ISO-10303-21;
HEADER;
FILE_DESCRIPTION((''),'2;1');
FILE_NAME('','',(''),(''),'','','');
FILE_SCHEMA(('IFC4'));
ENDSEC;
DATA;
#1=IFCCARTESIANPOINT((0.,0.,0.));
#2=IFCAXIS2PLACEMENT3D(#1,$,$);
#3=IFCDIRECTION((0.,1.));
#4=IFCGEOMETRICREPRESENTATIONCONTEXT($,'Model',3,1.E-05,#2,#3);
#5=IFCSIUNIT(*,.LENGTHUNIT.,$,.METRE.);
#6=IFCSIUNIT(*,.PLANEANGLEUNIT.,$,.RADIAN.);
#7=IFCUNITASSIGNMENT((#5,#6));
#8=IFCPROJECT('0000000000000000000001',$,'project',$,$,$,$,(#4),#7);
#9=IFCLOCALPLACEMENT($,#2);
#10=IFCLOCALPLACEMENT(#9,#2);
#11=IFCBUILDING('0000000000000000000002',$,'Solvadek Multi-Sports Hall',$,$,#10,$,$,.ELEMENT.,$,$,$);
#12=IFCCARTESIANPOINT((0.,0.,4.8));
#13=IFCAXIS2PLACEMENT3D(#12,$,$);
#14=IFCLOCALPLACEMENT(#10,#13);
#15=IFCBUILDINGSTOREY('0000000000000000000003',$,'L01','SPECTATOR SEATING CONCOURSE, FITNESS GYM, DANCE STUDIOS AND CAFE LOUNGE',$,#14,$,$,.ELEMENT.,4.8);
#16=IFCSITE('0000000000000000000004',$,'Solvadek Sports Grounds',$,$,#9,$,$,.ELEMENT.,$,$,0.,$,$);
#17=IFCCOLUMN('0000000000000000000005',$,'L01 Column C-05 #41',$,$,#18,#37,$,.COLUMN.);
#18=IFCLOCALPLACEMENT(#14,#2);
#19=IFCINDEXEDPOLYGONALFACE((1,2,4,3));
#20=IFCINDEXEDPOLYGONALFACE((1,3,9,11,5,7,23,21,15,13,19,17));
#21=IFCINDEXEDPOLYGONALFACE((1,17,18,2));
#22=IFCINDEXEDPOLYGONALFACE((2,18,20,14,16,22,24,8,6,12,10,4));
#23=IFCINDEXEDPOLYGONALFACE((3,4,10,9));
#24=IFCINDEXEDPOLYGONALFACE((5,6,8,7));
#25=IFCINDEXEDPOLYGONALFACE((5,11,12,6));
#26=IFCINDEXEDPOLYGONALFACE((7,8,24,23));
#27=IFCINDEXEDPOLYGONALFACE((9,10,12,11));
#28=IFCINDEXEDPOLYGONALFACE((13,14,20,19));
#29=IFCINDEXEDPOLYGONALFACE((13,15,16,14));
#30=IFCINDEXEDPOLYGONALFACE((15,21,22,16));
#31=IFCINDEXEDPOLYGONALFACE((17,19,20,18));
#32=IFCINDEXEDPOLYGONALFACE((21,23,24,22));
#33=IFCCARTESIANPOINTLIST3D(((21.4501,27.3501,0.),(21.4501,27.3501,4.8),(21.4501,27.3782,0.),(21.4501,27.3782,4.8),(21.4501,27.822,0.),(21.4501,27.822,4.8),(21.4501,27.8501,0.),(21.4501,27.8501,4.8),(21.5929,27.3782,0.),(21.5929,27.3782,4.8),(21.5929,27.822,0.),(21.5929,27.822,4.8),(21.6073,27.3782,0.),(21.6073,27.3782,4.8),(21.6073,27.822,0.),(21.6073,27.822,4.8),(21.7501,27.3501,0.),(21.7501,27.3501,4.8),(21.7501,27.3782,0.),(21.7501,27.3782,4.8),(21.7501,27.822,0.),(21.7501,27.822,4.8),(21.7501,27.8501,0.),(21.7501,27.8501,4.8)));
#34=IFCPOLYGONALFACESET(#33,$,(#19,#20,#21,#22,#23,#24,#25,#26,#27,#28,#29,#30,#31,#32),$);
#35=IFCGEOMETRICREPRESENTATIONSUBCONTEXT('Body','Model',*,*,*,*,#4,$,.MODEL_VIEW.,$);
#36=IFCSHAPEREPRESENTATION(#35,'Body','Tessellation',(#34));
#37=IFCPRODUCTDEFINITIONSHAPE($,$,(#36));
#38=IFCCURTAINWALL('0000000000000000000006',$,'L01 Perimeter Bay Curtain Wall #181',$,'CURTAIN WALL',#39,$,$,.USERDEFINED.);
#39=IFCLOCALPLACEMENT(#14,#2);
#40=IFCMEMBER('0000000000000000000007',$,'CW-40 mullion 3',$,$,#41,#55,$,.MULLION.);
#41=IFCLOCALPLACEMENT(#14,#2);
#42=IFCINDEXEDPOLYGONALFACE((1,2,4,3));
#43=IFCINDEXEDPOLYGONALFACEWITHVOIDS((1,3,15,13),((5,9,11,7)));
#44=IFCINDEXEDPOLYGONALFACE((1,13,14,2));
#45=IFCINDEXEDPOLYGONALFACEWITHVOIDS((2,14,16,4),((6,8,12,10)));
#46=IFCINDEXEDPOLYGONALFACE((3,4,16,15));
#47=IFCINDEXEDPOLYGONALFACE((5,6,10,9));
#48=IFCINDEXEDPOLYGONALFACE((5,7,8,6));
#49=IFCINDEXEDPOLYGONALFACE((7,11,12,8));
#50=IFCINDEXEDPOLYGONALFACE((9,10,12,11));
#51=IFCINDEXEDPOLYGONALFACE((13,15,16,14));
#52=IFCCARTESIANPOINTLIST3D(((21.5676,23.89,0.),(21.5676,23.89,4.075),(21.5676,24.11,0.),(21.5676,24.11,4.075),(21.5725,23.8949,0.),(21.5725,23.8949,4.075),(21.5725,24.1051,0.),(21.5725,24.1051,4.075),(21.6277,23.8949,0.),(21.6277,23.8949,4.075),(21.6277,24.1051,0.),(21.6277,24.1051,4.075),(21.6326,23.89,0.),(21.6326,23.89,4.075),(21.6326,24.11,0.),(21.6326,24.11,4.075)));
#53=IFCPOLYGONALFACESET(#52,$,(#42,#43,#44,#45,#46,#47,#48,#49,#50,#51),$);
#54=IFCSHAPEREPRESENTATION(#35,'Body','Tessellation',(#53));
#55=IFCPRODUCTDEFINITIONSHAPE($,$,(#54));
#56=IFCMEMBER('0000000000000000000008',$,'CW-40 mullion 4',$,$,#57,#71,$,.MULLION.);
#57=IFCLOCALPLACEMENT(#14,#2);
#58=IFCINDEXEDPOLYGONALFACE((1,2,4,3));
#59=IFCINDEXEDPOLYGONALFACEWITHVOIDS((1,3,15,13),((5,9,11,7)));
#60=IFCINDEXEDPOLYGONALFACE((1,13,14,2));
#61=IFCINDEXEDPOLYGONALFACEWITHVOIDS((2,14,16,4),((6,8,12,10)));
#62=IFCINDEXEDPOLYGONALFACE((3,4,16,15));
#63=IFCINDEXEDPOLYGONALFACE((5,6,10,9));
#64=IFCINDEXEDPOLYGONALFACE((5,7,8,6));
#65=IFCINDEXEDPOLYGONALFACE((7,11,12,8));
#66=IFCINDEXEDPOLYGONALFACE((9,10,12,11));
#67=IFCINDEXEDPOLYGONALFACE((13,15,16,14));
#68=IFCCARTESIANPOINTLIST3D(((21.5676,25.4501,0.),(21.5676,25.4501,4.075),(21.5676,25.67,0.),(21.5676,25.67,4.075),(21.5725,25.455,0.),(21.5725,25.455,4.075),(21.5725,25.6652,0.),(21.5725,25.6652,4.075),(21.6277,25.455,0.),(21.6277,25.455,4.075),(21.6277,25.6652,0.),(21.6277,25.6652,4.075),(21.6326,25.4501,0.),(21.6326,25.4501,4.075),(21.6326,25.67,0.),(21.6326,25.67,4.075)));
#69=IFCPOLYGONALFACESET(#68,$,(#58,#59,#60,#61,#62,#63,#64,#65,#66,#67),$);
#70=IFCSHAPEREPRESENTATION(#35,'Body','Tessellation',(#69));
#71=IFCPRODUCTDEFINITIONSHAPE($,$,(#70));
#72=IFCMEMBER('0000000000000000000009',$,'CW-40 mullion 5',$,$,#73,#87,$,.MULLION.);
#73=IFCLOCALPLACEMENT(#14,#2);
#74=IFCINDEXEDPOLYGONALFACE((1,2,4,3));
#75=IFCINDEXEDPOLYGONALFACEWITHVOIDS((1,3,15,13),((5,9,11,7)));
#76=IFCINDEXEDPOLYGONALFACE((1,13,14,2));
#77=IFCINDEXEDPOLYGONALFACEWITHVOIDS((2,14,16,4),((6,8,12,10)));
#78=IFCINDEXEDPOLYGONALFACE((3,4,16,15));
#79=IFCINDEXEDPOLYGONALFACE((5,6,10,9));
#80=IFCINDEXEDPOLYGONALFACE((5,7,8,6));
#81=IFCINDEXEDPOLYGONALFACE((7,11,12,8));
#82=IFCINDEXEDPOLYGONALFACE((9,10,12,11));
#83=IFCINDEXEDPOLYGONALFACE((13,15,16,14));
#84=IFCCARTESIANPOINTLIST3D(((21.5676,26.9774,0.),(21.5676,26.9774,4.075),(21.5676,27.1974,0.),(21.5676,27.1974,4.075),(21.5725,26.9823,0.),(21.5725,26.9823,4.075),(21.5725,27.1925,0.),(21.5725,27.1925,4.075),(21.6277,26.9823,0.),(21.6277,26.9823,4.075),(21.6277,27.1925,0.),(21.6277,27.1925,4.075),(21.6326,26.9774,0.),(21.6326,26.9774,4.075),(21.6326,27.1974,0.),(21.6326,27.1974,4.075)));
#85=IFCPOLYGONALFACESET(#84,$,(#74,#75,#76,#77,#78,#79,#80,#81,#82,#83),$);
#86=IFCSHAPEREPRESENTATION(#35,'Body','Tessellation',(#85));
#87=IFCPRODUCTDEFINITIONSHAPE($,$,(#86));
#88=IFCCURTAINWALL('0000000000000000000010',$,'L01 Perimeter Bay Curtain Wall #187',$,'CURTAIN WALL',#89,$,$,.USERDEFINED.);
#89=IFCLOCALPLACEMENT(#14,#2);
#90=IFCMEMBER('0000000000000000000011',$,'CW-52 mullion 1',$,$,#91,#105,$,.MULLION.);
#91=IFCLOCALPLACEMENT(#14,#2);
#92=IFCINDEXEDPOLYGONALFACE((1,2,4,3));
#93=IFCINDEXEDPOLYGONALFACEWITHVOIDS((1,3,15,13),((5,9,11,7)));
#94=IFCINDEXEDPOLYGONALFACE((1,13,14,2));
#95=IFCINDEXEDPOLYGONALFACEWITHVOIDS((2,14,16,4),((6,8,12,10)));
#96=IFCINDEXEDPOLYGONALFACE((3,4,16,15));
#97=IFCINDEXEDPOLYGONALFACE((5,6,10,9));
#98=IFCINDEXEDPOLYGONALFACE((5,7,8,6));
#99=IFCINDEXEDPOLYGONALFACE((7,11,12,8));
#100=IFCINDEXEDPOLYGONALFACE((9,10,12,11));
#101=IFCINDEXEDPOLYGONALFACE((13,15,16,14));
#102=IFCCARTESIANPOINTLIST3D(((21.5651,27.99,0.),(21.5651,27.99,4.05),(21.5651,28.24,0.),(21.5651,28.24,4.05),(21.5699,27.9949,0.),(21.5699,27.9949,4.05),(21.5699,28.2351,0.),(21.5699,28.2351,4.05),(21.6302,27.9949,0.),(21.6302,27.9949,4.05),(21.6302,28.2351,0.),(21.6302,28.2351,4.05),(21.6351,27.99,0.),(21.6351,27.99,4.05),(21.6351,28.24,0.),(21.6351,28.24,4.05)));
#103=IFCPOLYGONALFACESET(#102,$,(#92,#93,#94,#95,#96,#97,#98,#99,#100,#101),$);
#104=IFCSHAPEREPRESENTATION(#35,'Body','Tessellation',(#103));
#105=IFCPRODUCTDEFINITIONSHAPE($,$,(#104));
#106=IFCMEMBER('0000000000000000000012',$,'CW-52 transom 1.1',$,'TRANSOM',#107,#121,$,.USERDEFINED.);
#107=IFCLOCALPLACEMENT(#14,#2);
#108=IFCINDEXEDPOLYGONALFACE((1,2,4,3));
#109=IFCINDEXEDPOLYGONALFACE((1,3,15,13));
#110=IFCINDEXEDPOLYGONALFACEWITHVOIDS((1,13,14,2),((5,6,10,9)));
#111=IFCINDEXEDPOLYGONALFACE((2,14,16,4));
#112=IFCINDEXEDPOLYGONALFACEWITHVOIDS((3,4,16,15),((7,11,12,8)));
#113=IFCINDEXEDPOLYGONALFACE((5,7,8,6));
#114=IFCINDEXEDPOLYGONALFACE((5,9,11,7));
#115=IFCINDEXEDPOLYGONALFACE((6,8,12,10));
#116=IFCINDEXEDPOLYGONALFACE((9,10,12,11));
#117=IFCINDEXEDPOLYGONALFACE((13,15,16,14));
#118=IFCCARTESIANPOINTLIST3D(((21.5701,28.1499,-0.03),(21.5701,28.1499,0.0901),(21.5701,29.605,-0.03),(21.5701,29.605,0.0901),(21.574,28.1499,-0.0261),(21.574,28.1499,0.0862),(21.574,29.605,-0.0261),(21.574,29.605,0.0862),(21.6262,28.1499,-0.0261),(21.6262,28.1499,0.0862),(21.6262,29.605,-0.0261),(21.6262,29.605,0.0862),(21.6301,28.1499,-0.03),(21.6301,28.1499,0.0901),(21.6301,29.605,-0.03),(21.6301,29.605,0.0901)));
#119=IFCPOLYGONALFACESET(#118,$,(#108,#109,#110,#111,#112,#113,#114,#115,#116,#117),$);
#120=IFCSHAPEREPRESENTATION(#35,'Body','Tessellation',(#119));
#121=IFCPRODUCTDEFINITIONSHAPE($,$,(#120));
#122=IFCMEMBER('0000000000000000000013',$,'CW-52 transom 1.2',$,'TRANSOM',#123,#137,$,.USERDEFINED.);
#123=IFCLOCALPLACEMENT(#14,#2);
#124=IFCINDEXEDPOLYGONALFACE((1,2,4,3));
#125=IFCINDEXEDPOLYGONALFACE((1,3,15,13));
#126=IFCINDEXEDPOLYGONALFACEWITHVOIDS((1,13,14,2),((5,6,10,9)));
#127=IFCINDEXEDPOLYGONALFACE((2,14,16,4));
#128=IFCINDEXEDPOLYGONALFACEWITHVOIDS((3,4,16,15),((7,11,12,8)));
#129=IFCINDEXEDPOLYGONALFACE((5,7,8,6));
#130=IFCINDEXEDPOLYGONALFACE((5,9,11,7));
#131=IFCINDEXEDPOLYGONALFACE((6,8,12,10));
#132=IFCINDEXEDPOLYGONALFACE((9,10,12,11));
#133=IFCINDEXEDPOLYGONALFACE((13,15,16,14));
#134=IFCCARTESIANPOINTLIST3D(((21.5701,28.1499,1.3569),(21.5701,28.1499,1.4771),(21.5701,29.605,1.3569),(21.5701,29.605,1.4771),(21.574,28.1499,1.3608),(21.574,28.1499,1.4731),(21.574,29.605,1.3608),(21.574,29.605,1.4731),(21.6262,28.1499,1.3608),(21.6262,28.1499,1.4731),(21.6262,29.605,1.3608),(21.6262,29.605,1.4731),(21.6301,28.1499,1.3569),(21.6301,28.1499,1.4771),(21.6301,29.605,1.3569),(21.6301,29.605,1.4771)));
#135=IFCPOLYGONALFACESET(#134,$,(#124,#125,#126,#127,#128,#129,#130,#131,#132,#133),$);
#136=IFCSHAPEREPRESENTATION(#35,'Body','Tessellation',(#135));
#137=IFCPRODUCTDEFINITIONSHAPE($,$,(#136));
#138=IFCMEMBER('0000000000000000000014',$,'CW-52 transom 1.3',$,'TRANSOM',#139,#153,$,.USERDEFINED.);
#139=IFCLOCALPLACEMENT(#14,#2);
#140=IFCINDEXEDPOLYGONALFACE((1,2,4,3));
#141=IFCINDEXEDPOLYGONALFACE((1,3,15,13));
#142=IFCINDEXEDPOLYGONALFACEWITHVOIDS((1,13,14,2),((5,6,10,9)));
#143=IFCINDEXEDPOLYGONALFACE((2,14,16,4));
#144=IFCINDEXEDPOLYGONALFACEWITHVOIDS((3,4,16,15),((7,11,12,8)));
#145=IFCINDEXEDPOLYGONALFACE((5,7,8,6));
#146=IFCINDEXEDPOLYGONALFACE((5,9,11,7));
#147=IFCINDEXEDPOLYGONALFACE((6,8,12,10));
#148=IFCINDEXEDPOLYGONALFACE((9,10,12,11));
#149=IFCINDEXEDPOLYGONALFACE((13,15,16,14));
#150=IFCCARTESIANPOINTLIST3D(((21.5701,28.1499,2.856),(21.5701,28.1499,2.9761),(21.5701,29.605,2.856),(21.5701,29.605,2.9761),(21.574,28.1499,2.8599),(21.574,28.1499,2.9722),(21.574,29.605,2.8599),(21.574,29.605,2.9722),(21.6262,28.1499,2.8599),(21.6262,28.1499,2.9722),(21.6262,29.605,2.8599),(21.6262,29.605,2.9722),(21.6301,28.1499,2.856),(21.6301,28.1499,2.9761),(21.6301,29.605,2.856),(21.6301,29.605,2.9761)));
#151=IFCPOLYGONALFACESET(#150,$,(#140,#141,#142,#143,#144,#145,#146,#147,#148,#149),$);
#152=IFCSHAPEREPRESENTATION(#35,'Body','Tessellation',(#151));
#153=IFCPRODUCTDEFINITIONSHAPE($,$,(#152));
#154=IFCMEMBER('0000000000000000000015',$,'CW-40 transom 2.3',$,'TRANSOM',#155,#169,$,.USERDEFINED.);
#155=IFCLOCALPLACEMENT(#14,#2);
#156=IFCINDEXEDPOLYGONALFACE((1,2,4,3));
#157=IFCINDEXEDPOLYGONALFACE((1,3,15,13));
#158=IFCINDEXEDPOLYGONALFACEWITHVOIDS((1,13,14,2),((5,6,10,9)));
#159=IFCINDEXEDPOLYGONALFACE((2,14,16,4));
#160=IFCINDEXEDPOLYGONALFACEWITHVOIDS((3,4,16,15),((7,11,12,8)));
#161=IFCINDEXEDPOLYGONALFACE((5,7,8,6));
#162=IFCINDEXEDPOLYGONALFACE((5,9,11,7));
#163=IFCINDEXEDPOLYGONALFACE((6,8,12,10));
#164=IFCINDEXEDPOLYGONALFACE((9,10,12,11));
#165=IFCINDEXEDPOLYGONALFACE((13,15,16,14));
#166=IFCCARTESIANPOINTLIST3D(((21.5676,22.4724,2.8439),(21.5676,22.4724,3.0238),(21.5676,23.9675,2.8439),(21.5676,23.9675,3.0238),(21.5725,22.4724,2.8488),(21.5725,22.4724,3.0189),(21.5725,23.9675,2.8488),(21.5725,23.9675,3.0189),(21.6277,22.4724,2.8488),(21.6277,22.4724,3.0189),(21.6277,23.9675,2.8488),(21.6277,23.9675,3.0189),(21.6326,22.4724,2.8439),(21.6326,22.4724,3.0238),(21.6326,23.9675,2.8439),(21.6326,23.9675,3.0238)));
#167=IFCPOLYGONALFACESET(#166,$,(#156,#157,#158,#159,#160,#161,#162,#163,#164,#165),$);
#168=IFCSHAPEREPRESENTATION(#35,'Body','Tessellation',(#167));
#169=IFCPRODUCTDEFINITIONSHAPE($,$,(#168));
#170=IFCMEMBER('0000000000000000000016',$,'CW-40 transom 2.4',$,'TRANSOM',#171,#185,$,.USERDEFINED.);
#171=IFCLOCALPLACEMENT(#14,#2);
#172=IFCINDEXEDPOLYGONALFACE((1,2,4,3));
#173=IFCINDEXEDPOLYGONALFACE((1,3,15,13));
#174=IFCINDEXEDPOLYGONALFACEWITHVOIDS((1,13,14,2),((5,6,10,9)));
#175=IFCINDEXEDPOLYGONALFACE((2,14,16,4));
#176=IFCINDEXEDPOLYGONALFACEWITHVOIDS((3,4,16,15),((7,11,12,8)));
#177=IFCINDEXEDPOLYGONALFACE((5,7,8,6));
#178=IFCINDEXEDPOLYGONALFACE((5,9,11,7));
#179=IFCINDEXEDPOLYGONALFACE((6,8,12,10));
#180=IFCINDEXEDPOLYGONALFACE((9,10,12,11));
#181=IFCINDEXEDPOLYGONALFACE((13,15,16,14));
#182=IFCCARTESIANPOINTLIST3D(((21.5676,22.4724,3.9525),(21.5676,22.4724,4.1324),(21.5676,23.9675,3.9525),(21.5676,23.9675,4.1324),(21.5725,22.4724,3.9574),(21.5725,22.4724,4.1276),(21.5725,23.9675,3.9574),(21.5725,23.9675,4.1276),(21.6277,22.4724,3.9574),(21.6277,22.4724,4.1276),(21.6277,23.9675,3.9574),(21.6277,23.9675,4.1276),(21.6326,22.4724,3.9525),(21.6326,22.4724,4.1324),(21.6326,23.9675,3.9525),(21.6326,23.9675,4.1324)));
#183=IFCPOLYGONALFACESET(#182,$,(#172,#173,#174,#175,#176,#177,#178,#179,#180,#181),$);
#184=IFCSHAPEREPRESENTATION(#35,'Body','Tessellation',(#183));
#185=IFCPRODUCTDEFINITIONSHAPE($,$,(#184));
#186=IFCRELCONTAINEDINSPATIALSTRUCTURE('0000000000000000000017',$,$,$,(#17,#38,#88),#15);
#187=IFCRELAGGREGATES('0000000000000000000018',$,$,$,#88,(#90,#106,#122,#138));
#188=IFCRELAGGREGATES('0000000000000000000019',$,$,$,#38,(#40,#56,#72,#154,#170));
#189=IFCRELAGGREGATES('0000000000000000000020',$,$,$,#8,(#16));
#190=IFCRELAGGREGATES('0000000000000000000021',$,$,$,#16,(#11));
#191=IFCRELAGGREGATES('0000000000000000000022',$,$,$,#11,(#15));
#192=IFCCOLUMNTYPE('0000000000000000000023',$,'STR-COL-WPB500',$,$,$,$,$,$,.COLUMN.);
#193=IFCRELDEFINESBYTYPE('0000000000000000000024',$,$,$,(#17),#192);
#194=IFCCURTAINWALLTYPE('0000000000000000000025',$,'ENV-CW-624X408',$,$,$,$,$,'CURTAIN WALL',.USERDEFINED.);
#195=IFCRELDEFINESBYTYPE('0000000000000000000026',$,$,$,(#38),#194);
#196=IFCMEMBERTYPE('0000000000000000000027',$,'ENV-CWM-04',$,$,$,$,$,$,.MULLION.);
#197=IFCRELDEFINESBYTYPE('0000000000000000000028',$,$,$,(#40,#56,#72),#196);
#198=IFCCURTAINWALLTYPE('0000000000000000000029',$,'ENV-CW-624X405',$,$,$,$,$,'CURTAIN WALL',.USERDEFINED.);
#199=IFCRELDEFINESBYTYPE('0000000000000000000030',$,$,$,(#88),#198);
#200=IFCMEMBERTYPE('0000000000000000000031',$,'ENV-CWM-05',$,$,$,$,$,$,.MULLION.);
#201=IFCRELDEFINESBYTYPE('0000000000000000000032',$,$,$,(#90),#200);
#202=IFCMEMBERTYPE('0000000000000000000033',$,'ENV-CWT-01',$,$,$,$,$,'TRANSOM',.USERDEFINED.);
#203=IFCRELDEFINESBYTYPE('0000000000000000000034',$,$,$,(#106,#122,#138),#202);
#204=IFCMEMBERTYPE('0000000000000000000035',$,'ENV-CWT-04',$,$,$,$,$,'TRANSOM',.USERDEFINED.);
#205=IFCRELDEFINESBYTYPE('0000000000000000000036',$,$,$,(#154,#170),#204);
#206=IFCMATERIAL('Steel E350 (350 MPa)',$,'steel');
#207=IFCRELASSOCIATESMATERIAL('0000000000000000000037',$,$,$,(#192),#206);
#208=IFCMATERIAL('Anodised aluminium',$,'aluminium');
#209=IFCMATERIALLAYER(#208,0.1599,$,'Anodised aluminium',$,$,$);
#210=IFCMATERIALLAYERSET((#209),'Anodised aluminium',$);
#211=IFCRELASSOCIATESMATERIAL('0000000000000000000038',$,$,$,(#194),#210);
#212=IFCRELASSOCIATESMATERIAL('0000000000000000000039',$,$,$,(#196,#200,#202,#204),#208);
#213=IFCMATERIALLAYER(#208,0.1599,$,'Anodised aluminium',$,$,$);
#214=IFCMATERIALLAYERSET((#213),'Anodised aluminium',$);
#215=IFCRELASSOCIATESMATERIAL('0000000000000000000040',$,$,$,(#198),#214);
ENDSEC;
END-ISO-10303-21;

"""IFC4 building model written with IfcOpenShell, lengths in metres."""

from ifc_helpers import new_model, si_unit, direction, frame, origin, origin_2d, place, context, subcontext, project, spatial, hollow_rectangle, i_section, extrude, material, layer, layer_set, material_profile, profile_set, type_object, element, aggregate, save


model = new_model("IFC4")

# Units and contexts
model_context = context("Model", 3, precision=1e-05, world=origin(), true_north=direction((0.0, 1.0)))
body_context = subcontext(model_context, "Body", "Model", "MODEL_VIEW")
ifc_project = project(units=[si_unit("LENGTHUNIT", "METRE"), si_unit("PLANEANGLEUNIT", "RADIAN")], contexts=[model_context])

# Site, building, storey
site_placement = place(None, origin())
site = spatial("IfcSite", under=ifc_project, at=site_placement, Name="Solvadek Sports Grounds", CompositionType="ELEMENT", RefElevation=0.0)
building_placement = place(site_placement, origin())
building = spatial("IfcBuilding", under=site, at=building_placement, Name="Solvadek Multi-Sports Hall", CompositionType="ELEMENT")
storey_placement = place(building_placement, frame((0.0, 0.0, 4.8)))
storey = spatial("IfcBuildingStorey", under=building, at=storey_placement, Name="L01", Description="SPECTATOR SEATING CONCOURSE, FITNESS GYM, DANCE STUDIOS AND CAFE LOUNGE", CompositionType="ELEMENT", Elevation=4.8)

# Column
ifc_material_1 = material(Name="Steel E350 (350 MPa)", Category="steel")
ifc_material_profile_1 = material_profile(ifc_material_1, i_section(OverallWidth=0.3, OverallDepth=0.5, WebThickness=0.0144, FlangeThickness=0.0281, at=origin_2d()), Name="WPB 500")
ifc_profile_set_1 = profile_set([ifc_material_profile_1], Name="Steel E350 (350 MPa)")
column_type = type_object("IfcColumnType", Name="STR-COL-WPB500", PredefinedType="COLUMN", material=ifc_profile_set_1)
column_placement = place(storey_placement, frame((21.6001, 27.6001, 0.0), z_axis=(0.0, 0.0, 1.0), x_axis=(1.0, 0.0, 0.0)))
element("IfcColumn", 1, at=column_placement, inside=storey, type_object=column_type, Name="L01 Column C-05 #41", PredefinedType="COLUMN", context=body_context, shape_type="SweptSolid", body=[
    extrude(i_section(OverallWidth=0.3, OverallDepth=0.5, WebThickness=0.0144, FlangeThickness=0.0281, at=origin_2d()), origin(), (0.0, 0.0, 1.0), 4.8),
])

# Curtain walls, members
ifc_material_2 = material(Name="Anodised aluminium", Category="aluminium")
ifc_layer_1 = layer(ifc_material_2, 0.1599, Name="Anodised aluminium")
ifc_layer_set_1 = layer_set([ifc_layer_1], Name="Anodised aluminium")
curtain_wall_type_1 = type_object("IfcCurtainWallType", Name="ENV-CW-624X408", ElementType="CURTAIN WALL", PredefinedType="USERDEFINED", material=ifc_layer_set_1)
curtain_wall_1_placement = place(storey_placement, origin())
curtain_wall_1 = element("IfcCurtainWall", 2, at=curtain_wall_1_placement, inside=storey, type_object=curtain_wall_type_1, Name="L01 Perimeter Bay Curtain Wall #181", ObjectType="CURTAIN WALL", PredefinedType="USERDEFINED")
ifc_material_profile_2 = material_profile(ifc_material_2, hollow_rectangle(XDim=0.0649, YDim=0.22, WallThickness=0.0049, at=origin_2d()), Name="ALU-M 220x65x5")
ifc_profile_set_2 = profile_set([ifc_material_profile_2], Name="Anodised aluminium")
member_type_1 = type_object("IfcMemberType", Name="ENV-CWM-04", PredefinedType="MULLION", material=ifc_profile_set_2)
member_1_placement = place(storey_placement, frame((21.6001, 24.0, 0.0), z_axis=(0.0, 0.0, 1.0), x_axis=(-1.0, 0.0, 0.0)))
member_1 = element("IfcMember", 3, at=member_1_placement, type_object=member_type_1, Name="CW-40 mullion 3", PredefinedType="MULLION", context=body_context, shape_type="SweptSolid", body=[
    extrude(hollow_rectangle(XDim=0.0649, YDim=0.22, WallThickness=0.0049, at=origin_2d()), origin(), (0.0, 0.0, 1.0), 4.075),
])
member_2_placement = place(storey_placement, frame((21.6001, 25.5601, 0.0), z_axis=(0.0, 0.0, 1.0), x_axis=(-1.0, 0.0, 0.0)))
member_2 = element("IfcMember", 4, at=member_2_placement, type_object=member_type_1, Name="CW-40 mullion 4", PredefinedType="MULLION", context=body_context, shape_type="SweptSolid", body=[
    extrude(hollow_rectangle(XDim=0.0649, YDim=0.22, WallThickness=0.0049, at=origin_2d()), origin(), (0.0, 0.0, 1.0), 4.075),
])
member_3_placement = place(storey_placement, frame((21.6001, 27.0874, 0.0), z_axis=(0.0, 0.0, 1.0), x_axis=(-1.0, 0.0, 0.0)))
member_3 = element("IfcMember", 5, at=member_3_placement, type_object=member_type_1, Name="CW-40 mullion 5", PredefinedType="MULLION", context=body_context, shape_type="SweptSolid", body=[
    extrude(hollow_rectangle(XDim=0.0649, YDim=0.22, WallThickness=0.0049, at=origin_2d()), origin(), (0.0, 0.0, 1.0), 4.075),
])
ifc_layer_2 = layer(ifc_material_2, 0.1599, Name="Anodised aluminium")
ifc_layer_set_2 = layer_set([ifc_layer_2], Name="Anodised aluminium")
curtain_wall_type_2 = type_object("IfcCurtainWallType", Name="ENV-CW-624X405", ElementType="CURTAIN WALL", PredefinedType="USERDEFINED", material=ifc_layer_set_2)
curtain_wall_2_placement = place(storey_placement, origin())
curtain_wall_2 = element("IfcCurtainWall", 6, at=curtain_wall_2_placement, inside=storey, type_object=curtain_wall_type_2, Name="L01 Perimeter Bay Curtain Wall #187", ObjectType="CURTAIN WALL", PredefinedType="USERDEFINED")
ifc_material_profile_3 = material_profile(ifc_material_2, hollow_rectangle(XDim=0.0701, YDim=0.25, WallThickness=0.0049, at=origin_2d()), Name="ALU-M 250x70x5")
ifc_profile_set_3 = profile_set([ifc_material_profile_3], Name="Anodised aluminium")
member_type_2 = type_object("IfcMemberType", Name="ENV-CWM-05", PredefinedType="MULLION", material=ifc_profile_set_3)
member_4_placement = place(storey_placement, frame((21.6001, 28.115, 0.0), z_axis=(0.0, 0.0, 1.0), x_axis=(-1.0, 0.0, 0.0)))
member_4 = element("IfcMember", 7, at=member_4_placement, type_object=member_type_2, Name="CW-52 mullion 1", PredefinedType="MULLION", context=body_context, shape_type="SweptSolid", body=[
    extrude(hollow_rectangle(XDim=0.0701, YDim=0.25, WallThickness=0.0049, at=origin_2d()), origin(), (0.0, 0.0, 1.0), 4.05),
])
ifc_material_profile_4 = material_profile(ifc_material_2, hollow_rectangle(XDim=0.0601, YDim=0.1201, WallThickness=0.0039, at=origin_2d()), Name="ALU-T 120x60x4")
ifc_profile_set_4 = profile_set([ifc_material_profile_4], Name="Anodised aluminium")
member_type_3 = type_object("IfcMemberType", Name="ENV-CWT-01", ElementType="TRANSOM", PredefinedType="USERDEFINED", material=ifc_profile_set_4)
member_5_placement = place(storey_placement, frame((21.6001, 28.1499, 0.03), z_axis=(0.0, 1.0, 0.0), x_axis=(-1.0, 0.0, 0.0)))
member_5 = element("IfcMember", 8, at=member_5_placement, type_object=member_type_3, Name="CW-52 transom 1.1", ObjectType="TRANSOM", PredefinedType="USERDEFINED", context=body_context, shape_type="SweptSolid", body=[
    extrude(hollow_rectangle(XDim=0.0601, YDim=0.1201, WallThickness=0.0039, at=origin_2d()), origin(), (0.0, 0.0, 1.0), 1.4551),
])
member_6_placement = place(storey_placement, frame((21.6001, 28.1499, 1.417), z_axis=(0.0, 1.0, 0.0), x_axis=(-1.0, 0.0, 0.0)))
member_6 = element("IfcMember", 9, at=member_6_placement, type_object=member_type_3, Name="CW-52 transom 1.2", ObjectType="TRANSOM", PredefinedType="USERDEFINED", context=body_context, shape_type="SweptSolid", body=[
    extrude(hollow_rectangle(XDim=0.0601, YDim=0.1201, WallThickness=0.0039, at=origin_2d()), origin(), (0.0, 0.0, 1.0), 1.4551),
])
member_7_placement = place(storey_placement, frame((21.6001, 28.1499, 2.916), z_axis=(0.0, 1.0, 0.0), x_axis=(-1.0, 0.0, 0.0)))
member_7 = element("IfcMember", 10, at=member_7_placement, type_object=member_type_3, Name="CW-52 transom 1.3", ObjectType="TRANSOM", PredefinedType="USERDEFINED", context=body_context, shape_type="SweptSolid", body=[
    extrude(hollow_rectangle(XDim=0.0601, YDim=0.1201, WallThickness=0.0039, at=origin_2d()), origin(), (0.0, 0.0, 1.0), 1.4551),
])
aggregate(curtain_wall_2, [member_4, member_5, member_6, member_7])

# Members
ifc_material_profile_5 = material_profile(ifc_material_2, hollow_rectangle(XDim=0.0649, YDim=0.1799, WallThickness=0.0049, at=origin_2d()), Name="ALU-T 180x65x5")
ifc_profile_set_5 = profile_set([ifc_material_profile_5], Name="Anodised aluminium")
member_type_4 = type_object("IfcMemberType", Name="ENV-CWT-04", ElementType="TRANSOM", PredefinedType="USERDEFINED", material=ifc_profile_set_5)
member_8_placement = place(storey_placement, frame((21.6001, 22.4724, 2.9338), z_axis=(0.0, 1.0, 0.0), x_axis=(-1.0, 0.0, 0.0)))
member_8 = element("IfcMember", 11, at=member_8_placement, type_object=member_type_4, Name="CW-40 transom 2.3", ObjectType="TRANSOM", PredefinedType="USERDEFINED", context=body_context, shape_type="SweptSolid", body=[
    extrude(hollow_rectangle(XDim=0.0649, YDim=0.1799, WallThickness=0.0049, at=origin_2d()), origin(), (0.0, 0.0, 1.0), 1.4951),
])
member_9_placement = place(storey_placement, frame((21.6001, 22.4724, 4.0425), z_axis=(0.0, 1.0, 0.0), x_axis=(-1.0, 0.0, 0.0)))
member_9 = element("IfcMember", 12, at=member_9_placement, type_object=member_type_4, Name="CW-40 transom 2.4", ObjectType="TRANSOM", PredefinedType="USERDEFINED", context=body_context, shape_type="SweptSolid", body=[
    extrude(hollow_rectangle(XDim=0.0649, YDim=0.1799, WallThickness=0.0049, at=origin_2d()), origin(), (0.0, 0.0, 1.0), 1.4951),
])

aggregate(curtain_wall_1, [member_1, member_2, member_3, member_8, member_9])

save(model, "model.ifc")
